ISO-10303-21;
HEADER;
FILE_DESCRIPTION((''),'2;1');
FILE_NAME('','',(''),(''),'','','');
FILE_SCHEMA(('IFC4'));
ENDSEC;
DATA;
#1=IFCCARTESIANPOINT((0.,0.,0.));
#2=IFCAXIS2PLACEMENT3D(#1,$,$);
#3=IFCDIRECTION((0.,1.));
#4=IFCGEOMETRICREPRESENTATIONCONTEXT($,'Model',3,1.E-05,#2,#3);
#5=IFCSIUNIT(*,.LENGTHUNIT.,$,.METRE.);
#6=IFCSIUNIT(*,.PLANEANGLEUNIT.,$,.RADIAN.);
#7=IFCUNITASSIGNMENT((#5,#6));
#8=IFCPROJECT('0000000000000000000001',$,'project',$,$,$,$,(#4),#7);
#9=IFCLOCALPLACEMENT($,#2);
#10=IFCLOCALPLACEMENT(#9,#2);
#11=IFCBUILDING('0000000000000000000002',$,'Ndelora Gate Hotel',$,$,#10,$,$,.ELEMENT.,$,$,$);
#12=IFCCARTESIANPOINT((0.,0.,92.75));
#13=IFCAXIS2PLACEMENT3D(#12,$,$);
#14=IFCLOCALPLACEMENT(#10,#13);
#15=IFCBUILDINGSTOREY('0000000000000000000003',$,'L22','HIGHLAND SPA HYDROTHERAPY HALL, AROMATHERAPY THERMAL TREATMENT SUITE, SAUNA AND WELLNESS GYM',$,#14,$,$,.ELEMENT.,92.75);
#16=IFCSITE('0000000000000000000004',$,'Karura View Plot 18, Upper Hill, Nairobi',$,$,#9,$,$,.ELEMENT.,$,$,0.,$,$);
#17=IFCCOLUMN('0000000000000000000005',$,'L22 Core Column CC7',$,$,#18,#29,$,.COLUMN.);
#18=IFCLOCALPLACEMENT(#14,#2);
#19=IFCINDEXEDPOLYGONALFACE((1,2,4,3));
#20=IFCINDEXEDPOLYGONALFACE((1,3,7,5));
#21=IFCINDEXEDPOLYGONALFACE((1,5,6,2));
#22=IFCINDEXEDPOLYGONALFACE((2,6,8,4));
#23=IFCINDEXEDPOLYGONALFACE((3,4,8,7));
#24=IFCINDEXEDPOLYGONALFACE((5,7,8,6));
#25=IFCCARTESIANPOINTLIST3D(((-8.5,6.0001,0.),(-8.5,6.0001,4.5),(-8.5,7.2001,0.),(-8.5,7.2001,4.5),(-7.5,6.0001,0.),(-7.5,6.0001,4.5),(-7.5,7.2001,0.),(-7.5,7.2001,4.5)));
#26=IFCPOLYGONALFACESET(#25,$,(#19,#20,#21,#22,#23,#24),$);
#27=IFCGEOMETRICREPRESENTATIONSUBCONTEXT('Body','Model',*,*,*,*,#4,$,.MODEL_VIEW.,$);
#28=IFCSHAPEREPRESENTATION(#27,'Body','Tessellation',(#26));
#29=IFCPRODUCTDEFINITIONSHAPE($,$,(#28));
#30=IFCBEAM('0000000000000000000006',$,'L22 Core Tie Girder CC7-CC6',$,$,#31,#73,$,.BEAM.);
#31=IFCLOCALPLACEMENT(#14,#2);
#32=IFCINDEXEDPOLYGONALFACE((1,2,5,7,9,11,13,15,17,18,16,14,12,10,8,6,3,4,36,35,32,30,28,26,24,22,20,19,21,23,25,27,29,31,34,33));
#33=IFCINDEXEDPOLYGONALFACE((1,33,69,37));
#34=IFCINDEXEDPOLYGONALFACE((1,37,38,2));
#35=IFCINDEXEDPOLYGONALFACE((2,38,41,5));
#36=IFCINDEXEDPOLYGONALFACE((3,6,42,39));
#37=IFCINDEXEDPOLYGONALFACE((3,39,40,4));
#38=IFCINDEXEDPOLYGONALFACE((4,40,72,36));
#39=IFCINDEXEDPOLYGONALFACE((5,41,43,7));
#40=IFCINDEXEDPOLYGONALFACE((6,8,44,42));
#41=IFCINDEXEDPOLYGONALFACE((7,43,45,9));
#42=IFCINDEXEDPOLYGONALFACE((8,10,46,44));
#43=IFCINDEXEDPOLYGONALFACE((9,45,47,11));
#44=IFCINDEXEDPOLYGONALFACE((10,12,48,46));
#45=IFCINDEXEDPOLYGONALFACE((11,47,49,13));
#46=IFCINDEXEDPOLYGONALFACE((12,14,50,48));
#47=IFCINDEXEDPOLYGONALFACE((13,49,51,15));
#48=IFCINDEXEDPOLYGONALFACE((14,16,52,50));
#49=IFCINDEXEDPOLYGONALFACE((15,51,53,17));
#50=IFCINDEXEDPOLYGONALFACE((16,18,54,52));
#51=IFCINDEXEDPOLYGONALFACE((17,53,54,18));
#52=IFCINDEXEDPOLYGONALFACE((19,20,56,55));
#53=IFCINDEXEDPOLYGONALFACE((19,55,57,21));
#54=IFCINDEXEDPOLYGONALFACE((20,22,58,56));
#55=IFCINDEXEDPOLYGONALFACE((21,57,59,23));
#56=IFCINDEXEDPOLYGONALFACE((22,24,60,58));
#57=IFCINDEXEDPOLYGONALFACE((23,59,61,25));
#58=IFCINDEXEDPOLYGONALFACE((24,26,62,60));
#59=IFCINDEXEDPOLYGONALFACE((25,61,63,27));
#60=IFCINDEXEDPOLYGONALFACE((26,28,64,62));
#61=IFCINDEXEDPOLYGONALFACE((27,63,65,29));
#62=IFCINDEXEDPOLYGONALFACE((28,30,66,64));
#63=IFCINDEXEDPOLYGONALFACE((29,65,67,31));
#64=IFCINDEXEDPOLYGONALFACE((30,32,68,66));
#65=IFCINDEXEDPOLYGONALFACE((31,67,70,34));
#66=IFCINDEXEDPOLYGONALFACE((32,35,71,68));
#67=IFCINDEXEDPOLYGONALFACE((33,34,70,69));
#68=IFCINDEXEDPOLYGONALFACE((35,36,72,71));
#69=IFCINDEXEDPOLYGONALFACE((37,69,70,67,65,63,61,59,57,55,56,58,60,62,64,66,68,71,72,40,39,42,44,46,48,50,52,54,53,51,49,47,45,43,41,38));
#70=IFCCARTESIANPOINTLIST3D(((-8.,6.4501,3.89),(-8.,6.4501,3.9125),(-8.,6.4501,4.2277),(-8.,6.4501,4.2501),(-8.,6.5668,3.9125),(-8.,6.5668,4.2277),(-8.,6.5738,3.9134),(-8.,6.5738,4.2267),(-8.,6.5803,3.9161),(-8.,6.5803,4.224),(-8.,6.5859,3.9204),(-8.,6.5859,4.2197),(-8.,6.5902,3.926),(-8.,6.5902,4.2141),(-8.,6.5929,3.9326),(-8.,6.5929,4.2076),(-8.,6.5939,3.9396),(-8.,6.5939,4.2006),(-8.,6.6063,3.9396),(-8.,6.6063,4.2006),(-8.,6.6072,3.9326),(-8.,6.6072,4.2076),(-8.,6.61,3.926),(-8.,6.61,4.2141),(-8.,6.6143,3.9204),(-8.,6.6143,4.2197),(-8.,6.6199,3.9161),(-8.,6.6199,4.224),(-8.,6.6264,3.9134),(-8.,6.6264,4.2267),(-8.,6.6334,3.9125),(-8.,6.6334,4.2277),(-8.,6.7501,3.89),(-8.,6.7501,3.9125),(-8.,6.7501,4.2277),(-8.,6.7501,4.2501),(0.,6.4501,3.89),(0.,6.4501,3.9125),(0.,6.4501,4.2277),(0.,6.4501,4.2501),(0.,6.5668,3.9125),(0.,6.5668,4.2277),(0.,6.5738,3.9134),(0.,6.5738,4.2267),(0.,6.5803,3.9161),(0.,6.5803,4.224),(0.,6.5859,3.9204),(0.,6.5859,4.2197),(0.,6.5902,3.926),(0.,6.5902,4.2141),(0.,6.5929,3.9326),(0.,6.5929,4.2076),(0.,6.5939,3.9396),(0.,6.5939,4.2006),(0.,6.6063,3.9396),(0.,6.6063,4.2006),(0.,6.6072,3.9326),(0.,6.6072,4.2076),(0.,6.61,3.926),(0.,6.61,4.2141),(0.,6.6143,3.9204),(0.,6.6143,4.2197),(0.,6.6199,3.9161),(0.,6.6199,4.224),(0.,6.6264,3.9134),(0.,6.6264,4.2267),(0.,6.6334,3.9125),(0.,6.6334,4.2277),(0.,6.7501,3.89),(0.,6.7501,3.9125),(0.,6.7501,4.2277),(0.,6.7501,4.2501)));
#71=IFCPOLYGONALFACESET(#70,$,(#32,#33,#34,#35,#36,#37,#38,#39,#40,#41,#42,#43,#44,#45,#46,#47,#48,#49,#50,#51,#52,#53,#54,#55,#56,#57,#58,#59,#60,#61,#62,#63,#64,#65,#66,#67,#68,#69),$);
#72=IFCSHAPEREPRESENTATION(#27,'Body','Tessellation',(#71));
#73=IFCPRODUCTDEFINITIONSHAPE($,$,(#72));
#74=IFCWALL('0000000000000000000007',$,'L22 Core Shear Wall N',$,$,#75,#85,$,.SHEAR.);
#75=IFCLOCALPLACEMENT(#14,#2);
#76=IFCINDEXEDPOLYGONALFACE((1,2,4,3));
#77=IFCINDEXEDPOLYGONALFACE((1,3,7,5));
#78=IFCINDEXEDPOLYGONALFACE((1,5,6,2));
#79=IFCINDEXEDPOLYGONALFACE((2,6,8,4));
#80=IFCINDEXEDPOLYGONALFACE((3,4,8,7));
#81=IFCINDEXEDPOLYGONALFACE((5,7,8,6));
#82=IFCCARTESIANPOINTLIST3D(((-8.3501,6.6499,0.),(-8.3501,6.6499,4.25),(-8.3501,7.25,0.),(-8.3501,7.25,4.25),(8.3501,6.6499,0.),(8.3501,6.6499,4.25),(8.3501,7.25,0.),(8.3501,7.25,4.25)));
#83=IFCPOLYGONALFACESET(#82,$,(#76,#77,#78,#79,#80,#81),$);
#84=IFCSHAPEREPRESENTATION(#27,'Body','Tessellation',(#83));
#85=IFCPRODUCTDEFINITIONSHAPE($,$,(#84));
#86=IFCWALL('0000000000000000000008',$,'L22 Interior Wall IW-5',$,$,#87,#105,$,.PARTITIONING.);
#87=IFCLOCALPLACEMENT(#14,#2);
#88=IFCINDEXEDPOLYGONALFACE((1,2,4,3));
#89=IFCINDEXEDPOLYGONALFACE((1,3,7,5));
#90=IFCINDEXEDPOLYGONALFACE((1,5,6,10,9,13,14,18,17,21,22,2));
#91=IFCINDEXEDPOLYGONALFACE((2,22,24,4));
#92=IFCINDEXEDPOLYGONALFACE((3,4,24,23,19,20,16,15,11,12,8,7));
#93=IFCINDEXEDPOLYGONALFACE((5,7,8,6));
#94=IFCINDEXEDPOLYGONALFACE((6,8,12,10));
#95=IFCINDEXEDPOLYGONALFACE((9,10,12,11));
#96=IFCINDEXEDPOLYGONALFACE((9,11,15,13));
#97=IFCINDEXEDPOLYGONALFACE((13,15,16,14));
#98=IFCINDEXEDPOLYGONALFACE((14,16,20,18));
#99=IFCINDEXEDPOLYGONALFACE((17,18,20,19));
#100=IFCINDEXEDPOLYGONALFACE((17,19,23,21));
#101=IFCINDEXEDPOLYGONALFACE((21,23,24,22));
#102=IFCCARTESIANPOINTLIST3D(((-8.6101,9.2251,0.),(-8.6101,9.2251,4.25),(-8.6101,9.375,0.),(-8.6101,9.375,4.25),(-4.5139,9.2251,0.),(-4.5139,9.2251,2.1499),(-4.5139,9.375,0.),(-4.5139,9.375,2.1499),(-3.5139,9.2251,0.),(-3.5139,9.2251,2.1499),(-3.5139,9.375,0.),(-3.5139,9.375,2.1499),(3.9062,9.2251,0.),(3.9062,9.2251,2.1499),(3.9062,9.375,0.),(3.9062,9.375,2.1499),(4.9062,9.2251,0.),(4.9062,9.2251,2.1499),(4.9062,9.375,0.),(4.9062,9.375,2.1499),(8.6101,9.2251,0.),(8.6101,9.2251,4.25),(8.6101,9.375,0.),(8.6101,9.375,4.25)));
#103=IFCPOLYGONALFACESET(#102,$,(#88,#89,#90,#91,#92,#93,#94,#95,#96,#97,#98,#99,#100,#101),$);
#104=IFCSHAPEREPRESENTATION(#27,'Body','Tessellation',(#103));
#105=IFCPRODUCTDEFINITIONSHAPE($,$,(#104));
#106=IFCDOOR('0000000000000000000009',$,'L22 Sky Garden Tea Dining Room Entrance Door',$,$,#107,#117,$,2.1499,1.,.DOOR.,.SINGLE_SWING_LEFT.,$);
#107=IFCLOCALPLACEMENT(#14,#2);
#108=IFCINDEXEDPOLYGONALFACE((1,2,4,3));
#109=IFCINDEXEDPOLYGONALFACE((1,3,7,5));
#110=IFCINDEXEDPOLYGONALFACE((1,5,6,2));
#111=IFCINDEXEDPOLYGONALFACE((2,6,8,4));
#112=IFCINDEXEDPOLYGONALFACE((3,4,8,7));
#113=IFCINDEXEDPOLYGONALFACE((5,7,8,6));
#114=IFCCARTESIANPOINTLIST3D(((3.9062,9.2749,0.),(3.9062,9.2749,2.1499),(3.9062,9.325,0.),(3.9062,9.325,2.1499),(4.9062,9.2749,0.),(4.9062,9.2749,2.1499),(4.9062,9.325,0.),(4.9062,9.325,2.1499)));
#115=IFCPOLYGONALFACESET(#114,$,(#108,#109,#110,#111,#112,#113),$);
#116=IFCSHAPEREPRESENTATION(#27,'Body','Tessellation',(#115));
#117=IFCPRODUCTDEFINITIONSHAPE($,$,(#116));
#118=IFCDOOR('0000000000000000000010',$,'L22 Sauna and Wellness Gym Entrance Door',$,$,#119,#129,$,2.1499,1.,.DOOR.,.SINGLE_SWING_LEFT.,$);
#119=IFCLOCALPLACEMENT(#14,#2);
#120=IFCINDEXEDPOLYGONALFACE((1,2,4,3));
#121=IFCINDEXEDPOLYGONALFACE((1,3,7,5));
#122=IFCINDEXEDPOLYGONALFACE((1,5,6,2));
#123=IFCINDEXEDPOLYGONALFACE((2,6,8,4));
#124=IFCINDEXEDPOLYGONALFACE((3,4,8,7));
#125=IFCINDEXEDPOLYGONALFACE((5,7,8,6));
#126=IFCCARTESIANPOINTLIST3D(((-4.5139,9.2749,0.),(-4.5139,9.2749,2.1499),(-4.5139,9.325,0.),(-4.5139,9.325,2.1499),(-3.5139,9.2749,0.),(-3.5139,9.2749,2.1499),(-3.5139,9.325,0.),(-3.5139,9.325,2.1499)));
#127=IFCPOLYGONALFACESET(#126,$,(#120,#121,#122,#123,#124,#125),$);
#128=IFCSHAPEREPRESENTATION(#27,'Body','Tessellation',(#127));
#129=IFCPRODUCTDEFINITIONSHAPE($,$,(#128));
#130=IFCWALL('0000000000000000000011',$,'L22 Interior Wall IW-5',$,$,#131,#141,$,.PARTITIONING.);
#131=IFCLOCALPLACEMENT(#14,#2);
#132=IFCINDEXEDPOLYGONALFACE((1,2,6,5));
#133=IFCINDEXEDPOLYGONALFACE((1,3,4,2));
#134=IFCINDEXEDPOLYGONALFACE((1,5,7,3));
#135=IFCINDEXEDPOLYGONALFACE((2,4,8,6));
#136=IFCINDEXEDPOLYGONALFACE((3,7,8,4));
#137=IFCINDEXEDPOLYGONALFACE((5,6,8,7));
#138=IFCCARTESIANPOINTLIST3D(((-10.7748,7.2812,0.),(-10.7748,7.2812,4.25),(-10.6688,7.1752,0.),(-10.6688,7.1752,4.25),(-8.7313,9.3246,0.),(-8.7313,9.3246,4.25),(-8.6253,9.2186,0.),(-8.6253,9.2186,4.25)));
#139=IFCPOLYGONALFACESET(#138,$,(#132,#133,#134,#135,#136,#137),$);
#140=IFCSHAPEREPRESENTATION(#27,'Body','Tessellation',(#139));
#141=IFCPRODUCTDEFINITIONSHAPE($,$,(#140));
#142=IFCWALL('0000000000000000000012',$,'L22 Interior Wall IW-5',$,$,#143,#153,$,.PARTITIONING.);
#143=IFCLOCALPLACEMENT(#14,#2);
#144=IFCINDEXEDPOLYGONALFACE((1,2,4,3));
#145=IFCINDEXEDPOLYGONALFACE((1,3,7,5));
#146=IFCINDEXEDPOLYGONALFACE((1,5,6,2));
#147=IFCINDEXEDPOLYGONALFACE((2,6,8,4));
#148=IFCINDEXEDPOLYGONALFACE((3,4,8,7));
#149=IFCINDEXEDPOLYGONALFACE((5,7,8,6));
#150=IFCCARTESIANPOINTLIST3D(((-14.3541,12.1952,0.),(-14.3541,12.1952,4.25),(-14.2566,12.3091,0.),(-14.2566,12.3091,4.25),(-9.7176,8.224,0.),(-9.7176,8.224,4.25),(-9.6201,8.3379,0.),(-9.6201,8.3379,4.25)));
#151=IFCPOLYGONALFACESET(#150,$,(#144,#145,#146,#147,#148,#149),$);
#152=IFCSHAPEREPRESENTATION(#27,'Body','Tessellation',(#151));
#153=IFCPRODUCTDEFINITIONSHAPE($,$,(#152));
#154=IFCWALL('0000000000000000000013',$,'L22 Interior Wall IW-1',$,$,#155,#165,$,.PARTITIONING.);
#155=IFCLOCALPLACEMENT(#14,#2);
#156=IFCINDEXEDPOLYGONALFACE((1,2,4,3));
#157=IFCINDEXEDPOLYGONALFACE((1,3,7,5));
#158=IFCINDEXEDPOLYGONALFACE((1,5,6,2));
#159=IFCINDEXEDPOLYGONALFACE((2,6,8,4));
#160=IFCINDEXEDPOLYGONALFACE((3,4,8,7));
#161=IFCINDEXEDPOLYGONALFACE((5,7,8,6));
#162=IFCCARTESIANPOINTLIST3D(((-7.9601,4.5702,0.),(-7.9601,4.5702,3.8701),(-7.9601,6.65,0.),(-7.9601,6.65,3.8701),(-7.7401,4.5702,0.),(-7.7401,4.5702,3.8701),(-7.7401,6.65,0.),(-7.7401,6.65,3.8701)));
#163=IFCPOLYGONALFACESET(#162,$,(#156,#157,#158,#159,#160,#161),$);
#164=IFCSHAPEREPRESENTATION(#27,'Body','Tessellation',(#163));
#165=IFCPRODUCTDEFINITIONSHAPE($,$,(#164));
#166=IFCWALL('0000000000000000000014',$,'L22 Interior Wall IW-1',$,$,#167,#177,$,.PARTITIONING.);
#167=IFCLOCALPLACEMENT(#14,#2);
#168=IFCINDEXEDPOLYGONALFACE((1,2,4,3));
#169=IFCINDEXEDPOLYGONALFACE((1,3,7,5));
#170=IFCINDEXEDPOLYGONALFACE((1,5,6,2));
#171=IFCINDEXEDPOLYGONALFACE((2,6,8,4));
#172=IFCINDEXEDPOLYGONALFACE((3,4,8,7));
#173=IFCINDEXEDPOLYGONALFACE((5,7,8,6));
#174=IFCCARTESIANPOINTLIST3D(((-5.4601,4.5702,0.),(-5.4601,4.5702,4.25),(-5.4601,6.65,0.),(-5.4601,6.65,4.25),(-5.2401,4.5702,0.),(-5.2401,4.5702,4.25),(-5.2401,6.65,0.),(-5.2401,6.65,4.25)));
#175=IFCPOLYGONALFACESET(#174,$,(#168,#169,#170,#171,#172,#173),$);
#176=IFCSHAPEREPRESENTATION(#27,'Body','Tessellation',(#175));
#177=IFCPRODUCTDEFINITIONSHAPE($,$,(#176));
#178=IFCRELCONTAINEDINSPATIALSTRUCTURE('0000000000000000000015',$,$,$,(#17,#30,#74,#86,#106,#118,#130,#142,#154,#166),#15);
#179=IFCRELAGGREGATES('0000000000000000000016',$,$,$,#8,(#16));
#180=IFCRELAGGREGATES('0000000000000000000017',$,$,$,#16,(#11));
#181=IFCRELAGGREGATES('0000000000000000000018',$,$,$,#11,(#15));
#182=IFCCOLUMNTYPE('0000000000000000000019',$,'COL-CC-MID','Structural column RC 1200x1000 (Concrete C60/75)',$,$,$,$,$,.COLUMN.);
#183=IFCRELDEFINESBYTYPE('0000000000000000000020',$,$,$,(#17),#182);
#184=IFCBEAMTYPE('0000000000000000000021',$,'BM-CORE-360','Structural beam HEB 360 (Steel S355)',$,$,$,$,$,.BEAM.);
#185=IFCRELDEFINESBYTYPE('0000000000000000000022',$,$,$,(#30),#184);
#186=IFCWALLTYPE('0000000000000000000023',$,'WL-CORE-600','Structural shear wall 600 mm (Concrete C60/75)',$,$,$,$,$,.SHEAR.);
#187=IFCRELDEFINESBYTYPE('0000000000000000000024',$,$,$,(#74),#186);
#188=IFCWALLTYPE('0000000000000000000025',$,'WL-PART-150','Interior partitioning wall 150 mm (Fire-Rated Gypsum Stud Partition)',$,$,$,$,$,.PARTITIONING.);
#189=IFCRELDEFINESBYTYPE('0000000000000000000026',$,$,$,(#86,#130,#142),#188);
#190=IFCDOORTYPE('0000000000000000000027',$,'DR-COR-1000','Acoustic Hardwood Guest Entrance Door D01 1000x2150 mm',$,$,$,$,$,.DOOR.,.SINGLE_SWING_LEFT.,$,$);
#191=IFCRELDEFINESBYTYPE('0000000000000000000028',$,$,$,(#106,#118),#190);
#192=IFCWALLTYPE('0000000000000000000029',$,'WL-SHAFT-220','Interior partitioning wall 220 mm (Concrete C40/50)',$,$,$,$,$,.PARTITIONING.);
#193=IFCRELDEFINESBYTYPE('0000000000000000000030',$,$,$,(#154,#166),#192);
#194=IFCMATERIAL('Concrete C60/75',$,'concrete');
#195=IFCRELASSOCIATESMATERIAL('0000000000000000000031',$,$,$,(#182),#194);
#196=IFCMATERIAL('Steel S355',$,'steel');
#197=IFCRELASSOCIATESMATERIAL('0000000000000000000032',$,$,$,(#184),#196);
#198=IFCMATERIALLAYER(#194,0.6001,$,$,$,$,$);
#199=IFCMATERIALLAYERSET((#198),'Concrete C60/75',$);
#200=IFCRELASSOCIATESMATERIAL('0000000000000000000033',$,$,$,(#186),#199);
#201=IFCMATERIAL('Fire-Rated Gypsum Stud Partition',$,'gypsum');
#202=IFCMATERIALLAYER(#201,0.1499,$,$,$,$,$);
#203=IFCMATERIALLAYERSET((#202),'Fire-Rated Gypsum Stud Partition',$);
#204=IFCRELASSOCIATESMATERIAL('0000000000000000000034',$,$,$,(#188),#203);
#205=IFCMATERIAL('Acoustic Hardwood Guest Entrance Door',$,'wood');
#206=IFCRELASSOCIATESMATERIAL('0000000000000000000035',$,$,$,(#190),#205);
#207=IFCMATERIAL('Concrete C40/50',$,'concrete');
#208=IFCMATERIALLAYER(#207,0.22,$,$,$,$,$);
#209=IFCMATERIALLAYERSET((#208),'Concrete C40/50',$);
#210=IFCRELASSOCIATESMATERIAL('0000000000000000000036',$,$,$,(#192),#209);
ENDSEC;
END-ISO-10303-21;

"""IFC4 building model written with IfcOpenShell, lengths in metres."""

from ifc_helpers import new_model, si_unit, direction, frame, frame_2d, origin, origin_2d, place, context, subcontext, project, spatial, rectangle, i_section, extrude, material, layer, layer_set, material_profile, profile_set, type_object, element, fill, save


model = new_model("IFC4")

# Units and contexts
model_context = context("Model", 3, precision=1e-05, world=origin(), true_north=direction((0.0, 1.0)))
body_context = subcontext(model_context, "Body", "Model", "MODEL_VIEW")
ifc_project = project(units=[si_unit("LENGTHUNIT", "METRE"), si_unit("PLANEANGLEUNIT", "RADIAN")], contexts=[model_context])

# Site, building, storey
site_placement = place(None, origin())
site = spatial("IfcSite", under=ifc_project, at=site_placement, Name="Karura View Plot 18, Upper Hill, Nairobi", CompositionType="ELEMENT", RefElevation=0.0)
building_placement = place(site_placement, origin())
building = spatial("IfcBuilding", under=site, at=building_placement, Name="Ndelora Gate Hotel", CompositionType="ELEMENT")
storey_placement = place(building_placement, frame((0.0, 0.0, 92.75)))
storey = spatial("IfcBuildingStorey", under=building, at=storey_placement, Name="L22", Description="HIGHLAND SPA HYDROTHERAPY HALL, AROMATHERAPY THERMAL TREATMENT SUITE, SAUNA AND WELLNESS GYM", CompositionType="ELEMENT", Elevation=92.75)

# Column
ifc_material_1 = material(Name="Concrete C60/75", Category="concrete")
ifc_material_profile_1 = material_profile(ifc_material_1, rectangle(XDim=1.0, YDim=1.2, at=origin_2d()), Name="RC 1200x1000")
ifc_profile_set_1 = profile_set([ifc_material_profile_1], Name="Concrete C60/75")
column_type = type_object("IfcColumnType", Name="COL-CC-MID", Description="Structural column RC 1200x1000 (Concrete C60/75)", PredefinedType="COLUMN", material=ifc_profile_set_1)
column_placement = place(storey_placement, frame((-8.0, 6.6001, 0.0), z_axis=(0.0, 0.0, 1.0), x_axis=(1.0, 0.0, 0.0)))
element("IfcColumn", 1, at=column_placement, inside=storey, type_object=column_type, Name="L22 Core Column CC7", PredefinedType="COLUMN", context=body_context, shape_type="SweptSolid", body=[
    extrude(rectangle(XDim=1.0, YDim=1.2, at=origin_2d()), origin(), (0.0, 0.0, 1.0), 4.5),
])

# Beam
ifc_material_2 = material(Name="Steel S355", Category="steel")
ifc_material_profile_2 = material_profile(ifc_material_2, i_section(OverallWidth=0.3, OverallDepth=0.3601, WebThickness=0.0125, FlangeThickness=0.0225, FilletRadius=0.0271, at=origin_2d()), Name="HEB 360")
ifc_profile_set_2 = profile_set([ifc_material_profile_2], Name="Steel S355")
beam_type = type_object("IfcBeamType", Name="BM-CORE-360", Description="Structural beam HEB 360 (Steel S355)", PredefinedType="BEAM", material=ifc_profile_set_2)
beam_placement = place(storey_placement, frame((-8.0, 6.6001, 4.0701), z_axis=(1.0, 0.0, 0.0), x_axis=(0.0, 1.0, 0.0)))
element("IfcBeam", 2, at=beam_placement, inside=storey, type_object=beam_type, Name="L22 Core Tie Girder CC7-CC6", PredefinedType="BEAM", context=body_context, shape_type="SweptSolid", body=[
    extrude(i_section(OverallWidth=0.3, OverallDepth=0.3601, WebThickness=0.0125, FlangeThickness=0.0225, FilletRadius=0.0271, at=origin_2d()), origin(), (0.0, 0.0, 1.0), 8.0),
])

# Wall
ifc_layer_1 = layer(ifc_material_1, 0.6001)
ifc_layer_set_1 = layer_set([ifc_layer_1], Name="Concrete C60/75")
wall_type_1 = type_object("IfcWallType", Name="WL-CORE-600", Description="Structural shear wall 600 mm (Concrete C60/75)", PredefinedType="SHEAR", material=ifc_layer_set_1)
wall_1_placement = place(storey_placement, frame((-8.3501, 6.95, 0.0), z_axis=(0.0, 0.0, 1.0), x_axis=(1.0, 0.0, 0.0)))
element("IfcWall", 3, at=wall_1_placement, inside=storey, type_object=wall_type_1, Name="L22 Core Shear Wall N", PredefinedType="SHEAR", context=body_context, shape_type="SweptSolid", body=[
    extrude(rectangle(XDim=16.7002, YDim=0.6001, at=frame_2d((8.3501, 0.0))), origin(), (0.0, 0.0, 1.0), 4.25),
])

# Shared definitions
ifc_material_3 = material(Name="Concrete C40/50", Category="concrete")

# Wall, openings, doors
ifc_material_4 = material(Name="Fire-Rated Gypsum Stud Partition", Category="gypsum")
ifc_layer_2 = layer(ifc_material_4, 0.1499)
ifc_layer_set_2 = layer_set([ifc_layer_2], Name="Fire-Rated Gypsum Stud Partition")
wall_type_2 = type_object("IfcWallType", Name="WL-PART-150", Description="Interior partitioning wall 150 mm (Fire-Rated Gypsum Stud Partition)", PredefinedType="PARTITIONING", material=ifc_layer_set_2)
wall_2_placement = place(storey_placement, frame((-8.6101, 9.3, 0.0), z_axis=(0.0, 0.0, 1.0), x_axis=(1.0, 0.0, 0.0)))
wall_2 = element("IfcWall", 4, at=wall_2_placement, inside=storey, type_object=wall_type_2, Name="L22 Interior Wall IW-5", PredefinedType="PARTITIONING", context=body_context, shape_type="SweptSolid", body=[
    extrude(rectangle(XDim=17.2202, YDim=0.1499, at=frame_2d((8.6101, 0.0))), origin(), (0.0, 0.0, 1.0), 4.25),
])
opening_1_placement = place(wall_2_placement, frame((12.5164, 0.0, 0.0)))
opening_1 = element("IfcOpeningElement", 5, at=opening_1_placement, cuts=wall_2, PredefinedType="OPENING", context=body_context, shape_type="SweptSolid", body=[
    extrude(rectangle(XDim=1.0, YDim=2.1499, at=frame_2d((0.5, 1.075))), frame((0.0, 0.085, 0.0), z_axis=(0.0, -1.0, 0.0), x_axis=(1.0, 0.0, 0.0)), (0.0, 0.0, 1.0), 0.1699),
])
opening_2_placement = place(wall_2_placement, frame((4.0962, 0.0, 0.0)))
opening_2 = element("IfcOpeningElement", 6, at=opening_2_placement, cuts=wall_2, PredefinedType="OPENING", context=body_context, shape_type="SweptSolid", body=[
    extrude(rectangle(XDim=1.0, YDim=2.1499, at=frame_2d((0.5, 1.075))), frame((0.0, 0.085, 0.0), z_axis=(0.0, -1.0, 0.0), x_axis=(1.0, 0.0, 0.0)), (0.0, 0.0, 1.0), 0.1699),
])
ifc_material_5 = material(Name="Acoustic Hardwood Guest Entrance Door", Category="wood")
door_type_1 = type_object("IfcDoorType", Name="DR-COR-1000", Description="Acoustic Hardwood Guest Entrance Door D01 1000x2150 mm", OperationType="SINGLE_SWING_LEFT", PredefinedType="DOOR", material=ifc_material_5)
door_1_placement = place(opening_1_placement, origin())
door_1 = element("IfcDoor", 7, at=door_1_placement, inside=storey, type_object=door_type_1, Name="L22 Sky Garden Tea Dining Room Entrance Door", OperationType="SINGLE_SWING_LEFT", OverallHeight=2.1499, OverallWidth=1.0, PredefinedType="DOOR", context=body_context, shape_type="SweptSolid", body=[
    extrude(rectangle(XDim=1.0, YDim=2.1499, at=frame_2d((0.5, 1.075))), frame((0.0, 0.0249, 0.0), z_axis=(0.0, -1.0, 0.0), x_axis=(1.0, 0.0, 0.0)), (0.0, 0.0, 1.0), 0.05),
])
fill(opening_1, door_1)
door_2_placement = place(opening_2_placement, origin())
door_2 = element("IfcDoor", 8, at=door_2_placement, inside=storey, type_object=door_type_1, Name="L22 Sauna and Wellness Gym Entrance Door", OperationType="SINGLE_SWING_LEFT", OverallHeight=2.1499, OverallWidth=1.0, PredefinedType="DOOR", context=body_context, shape_type="SweptSolid", body=[
    extrude(rectangle(XDim=1.0, YDim=2.1499, at=frame_2d((0.5, 1.075))), frame((0.0, 0.0249, 0.0), z_axis=(0.0, -1.0, 0.0), x_axis=(1.0, 0.0, 0.0)), (0.0, 0.0, 1.0), 0.05),
])
fill(opening_2, door_2)

# Walls
wall_3_placement = place(storey_placement, frame((-10.7217, 7.2283, 0.0), z_axis=(0.0, 0.0, 1.0), x_axis=(0.707107, 0.707107, 0.0)))
element("IfcWall", 9, at=wall_3_placement, inside=storey, type_object=wall_type_2, Name="L22 Interior Wall IW-5", PredefinedType="PARTITIONING", context=body_context, shape_type="SweptSolid", body=[
    extrude(rectangle(XDim=2.8899, YDim=0.1499, at=frame_2d((1.4448, 0.0))), origin(), (0.0, 0.0, 1.0), 4.25),
])
wall_4_placement = place(storey_placement, frame((-9.6689, 8.281, 0.0), z_axis=(0.0, 0.0, 1.0), x_axis=(-0.759494, 0.650515, 0.0)))
element("IfcWall", 10, at=wall_4_placement, inside=storey, type_object=wall_type_2, Name="L22 Interior Wall IW-5", PredefinedType="PARTITIONING", context=body_context, shape_type="SweptSolid", body=[
    extrude(rectangle(XDim=6.1047, YDim=0.1499, at=frame_2d((3.0522, 0.0))), origin(), (0.0, 0.0, 1.0), 4.25),
])

# Shared definitions
ifc_layer_3 = layer(ifc_material_3, 0.22)
ifc_layer_set_3 = layer_set([ifc_layer_3], Name="Concrete C40/50")
wall_type_3 = type_object("IfcWallType", Name="WL-SHAFT-220", Description="Interior partitioning wall 220 mm (Concrete C40/50)", PredefinedType="PARTITIONING", material=ifc_layer_set_3)

# Walls
wall_5_placement = place(storey_placement, frame((-7.8501, 4.5701, 0.0), z_axis=(0.0, 0.0, 1.0), x_axis=(0.0, 1.0, 0.0)))
element("IfcWall", 11, at=wall_5_placement, inside=storey, type_object=wall_type_3, Name="L22 Interior Wall IW-1", PredefinedType="PARTITIONING", context=body_context, shape_type="SweptSolid", body=[
    extrude(rectangle(XDim=2.0798, YDim=0.22, at=frame_2d((1.04, 0.0))), origin(), (0.0, 0.0, 1.0), 3.8701),
])
wall_6_placement = place(storey_placement, frame((-5.3501, 4.5701, 0.0), z_axis=(0.0, 0.0, 1.0), x_axis=(0.0, 1.0, 0.0)))
element("IfcWall", 12, at=wall_6_placement, inside=storey, type_object=wall_type_3, Name="L22 Interior Wall IW-1", PredefinedType="PARTITIONING", context=body_context, shape_type="SweptSolid", body=[
    extrude(rectangle(XDim=2.0798, YDim=0.22, at=frame_2d((1.04, 0.0))), origin(), (0.0, 0.0, 1.0), 4.25),
])

save(model, "model.ifc")
